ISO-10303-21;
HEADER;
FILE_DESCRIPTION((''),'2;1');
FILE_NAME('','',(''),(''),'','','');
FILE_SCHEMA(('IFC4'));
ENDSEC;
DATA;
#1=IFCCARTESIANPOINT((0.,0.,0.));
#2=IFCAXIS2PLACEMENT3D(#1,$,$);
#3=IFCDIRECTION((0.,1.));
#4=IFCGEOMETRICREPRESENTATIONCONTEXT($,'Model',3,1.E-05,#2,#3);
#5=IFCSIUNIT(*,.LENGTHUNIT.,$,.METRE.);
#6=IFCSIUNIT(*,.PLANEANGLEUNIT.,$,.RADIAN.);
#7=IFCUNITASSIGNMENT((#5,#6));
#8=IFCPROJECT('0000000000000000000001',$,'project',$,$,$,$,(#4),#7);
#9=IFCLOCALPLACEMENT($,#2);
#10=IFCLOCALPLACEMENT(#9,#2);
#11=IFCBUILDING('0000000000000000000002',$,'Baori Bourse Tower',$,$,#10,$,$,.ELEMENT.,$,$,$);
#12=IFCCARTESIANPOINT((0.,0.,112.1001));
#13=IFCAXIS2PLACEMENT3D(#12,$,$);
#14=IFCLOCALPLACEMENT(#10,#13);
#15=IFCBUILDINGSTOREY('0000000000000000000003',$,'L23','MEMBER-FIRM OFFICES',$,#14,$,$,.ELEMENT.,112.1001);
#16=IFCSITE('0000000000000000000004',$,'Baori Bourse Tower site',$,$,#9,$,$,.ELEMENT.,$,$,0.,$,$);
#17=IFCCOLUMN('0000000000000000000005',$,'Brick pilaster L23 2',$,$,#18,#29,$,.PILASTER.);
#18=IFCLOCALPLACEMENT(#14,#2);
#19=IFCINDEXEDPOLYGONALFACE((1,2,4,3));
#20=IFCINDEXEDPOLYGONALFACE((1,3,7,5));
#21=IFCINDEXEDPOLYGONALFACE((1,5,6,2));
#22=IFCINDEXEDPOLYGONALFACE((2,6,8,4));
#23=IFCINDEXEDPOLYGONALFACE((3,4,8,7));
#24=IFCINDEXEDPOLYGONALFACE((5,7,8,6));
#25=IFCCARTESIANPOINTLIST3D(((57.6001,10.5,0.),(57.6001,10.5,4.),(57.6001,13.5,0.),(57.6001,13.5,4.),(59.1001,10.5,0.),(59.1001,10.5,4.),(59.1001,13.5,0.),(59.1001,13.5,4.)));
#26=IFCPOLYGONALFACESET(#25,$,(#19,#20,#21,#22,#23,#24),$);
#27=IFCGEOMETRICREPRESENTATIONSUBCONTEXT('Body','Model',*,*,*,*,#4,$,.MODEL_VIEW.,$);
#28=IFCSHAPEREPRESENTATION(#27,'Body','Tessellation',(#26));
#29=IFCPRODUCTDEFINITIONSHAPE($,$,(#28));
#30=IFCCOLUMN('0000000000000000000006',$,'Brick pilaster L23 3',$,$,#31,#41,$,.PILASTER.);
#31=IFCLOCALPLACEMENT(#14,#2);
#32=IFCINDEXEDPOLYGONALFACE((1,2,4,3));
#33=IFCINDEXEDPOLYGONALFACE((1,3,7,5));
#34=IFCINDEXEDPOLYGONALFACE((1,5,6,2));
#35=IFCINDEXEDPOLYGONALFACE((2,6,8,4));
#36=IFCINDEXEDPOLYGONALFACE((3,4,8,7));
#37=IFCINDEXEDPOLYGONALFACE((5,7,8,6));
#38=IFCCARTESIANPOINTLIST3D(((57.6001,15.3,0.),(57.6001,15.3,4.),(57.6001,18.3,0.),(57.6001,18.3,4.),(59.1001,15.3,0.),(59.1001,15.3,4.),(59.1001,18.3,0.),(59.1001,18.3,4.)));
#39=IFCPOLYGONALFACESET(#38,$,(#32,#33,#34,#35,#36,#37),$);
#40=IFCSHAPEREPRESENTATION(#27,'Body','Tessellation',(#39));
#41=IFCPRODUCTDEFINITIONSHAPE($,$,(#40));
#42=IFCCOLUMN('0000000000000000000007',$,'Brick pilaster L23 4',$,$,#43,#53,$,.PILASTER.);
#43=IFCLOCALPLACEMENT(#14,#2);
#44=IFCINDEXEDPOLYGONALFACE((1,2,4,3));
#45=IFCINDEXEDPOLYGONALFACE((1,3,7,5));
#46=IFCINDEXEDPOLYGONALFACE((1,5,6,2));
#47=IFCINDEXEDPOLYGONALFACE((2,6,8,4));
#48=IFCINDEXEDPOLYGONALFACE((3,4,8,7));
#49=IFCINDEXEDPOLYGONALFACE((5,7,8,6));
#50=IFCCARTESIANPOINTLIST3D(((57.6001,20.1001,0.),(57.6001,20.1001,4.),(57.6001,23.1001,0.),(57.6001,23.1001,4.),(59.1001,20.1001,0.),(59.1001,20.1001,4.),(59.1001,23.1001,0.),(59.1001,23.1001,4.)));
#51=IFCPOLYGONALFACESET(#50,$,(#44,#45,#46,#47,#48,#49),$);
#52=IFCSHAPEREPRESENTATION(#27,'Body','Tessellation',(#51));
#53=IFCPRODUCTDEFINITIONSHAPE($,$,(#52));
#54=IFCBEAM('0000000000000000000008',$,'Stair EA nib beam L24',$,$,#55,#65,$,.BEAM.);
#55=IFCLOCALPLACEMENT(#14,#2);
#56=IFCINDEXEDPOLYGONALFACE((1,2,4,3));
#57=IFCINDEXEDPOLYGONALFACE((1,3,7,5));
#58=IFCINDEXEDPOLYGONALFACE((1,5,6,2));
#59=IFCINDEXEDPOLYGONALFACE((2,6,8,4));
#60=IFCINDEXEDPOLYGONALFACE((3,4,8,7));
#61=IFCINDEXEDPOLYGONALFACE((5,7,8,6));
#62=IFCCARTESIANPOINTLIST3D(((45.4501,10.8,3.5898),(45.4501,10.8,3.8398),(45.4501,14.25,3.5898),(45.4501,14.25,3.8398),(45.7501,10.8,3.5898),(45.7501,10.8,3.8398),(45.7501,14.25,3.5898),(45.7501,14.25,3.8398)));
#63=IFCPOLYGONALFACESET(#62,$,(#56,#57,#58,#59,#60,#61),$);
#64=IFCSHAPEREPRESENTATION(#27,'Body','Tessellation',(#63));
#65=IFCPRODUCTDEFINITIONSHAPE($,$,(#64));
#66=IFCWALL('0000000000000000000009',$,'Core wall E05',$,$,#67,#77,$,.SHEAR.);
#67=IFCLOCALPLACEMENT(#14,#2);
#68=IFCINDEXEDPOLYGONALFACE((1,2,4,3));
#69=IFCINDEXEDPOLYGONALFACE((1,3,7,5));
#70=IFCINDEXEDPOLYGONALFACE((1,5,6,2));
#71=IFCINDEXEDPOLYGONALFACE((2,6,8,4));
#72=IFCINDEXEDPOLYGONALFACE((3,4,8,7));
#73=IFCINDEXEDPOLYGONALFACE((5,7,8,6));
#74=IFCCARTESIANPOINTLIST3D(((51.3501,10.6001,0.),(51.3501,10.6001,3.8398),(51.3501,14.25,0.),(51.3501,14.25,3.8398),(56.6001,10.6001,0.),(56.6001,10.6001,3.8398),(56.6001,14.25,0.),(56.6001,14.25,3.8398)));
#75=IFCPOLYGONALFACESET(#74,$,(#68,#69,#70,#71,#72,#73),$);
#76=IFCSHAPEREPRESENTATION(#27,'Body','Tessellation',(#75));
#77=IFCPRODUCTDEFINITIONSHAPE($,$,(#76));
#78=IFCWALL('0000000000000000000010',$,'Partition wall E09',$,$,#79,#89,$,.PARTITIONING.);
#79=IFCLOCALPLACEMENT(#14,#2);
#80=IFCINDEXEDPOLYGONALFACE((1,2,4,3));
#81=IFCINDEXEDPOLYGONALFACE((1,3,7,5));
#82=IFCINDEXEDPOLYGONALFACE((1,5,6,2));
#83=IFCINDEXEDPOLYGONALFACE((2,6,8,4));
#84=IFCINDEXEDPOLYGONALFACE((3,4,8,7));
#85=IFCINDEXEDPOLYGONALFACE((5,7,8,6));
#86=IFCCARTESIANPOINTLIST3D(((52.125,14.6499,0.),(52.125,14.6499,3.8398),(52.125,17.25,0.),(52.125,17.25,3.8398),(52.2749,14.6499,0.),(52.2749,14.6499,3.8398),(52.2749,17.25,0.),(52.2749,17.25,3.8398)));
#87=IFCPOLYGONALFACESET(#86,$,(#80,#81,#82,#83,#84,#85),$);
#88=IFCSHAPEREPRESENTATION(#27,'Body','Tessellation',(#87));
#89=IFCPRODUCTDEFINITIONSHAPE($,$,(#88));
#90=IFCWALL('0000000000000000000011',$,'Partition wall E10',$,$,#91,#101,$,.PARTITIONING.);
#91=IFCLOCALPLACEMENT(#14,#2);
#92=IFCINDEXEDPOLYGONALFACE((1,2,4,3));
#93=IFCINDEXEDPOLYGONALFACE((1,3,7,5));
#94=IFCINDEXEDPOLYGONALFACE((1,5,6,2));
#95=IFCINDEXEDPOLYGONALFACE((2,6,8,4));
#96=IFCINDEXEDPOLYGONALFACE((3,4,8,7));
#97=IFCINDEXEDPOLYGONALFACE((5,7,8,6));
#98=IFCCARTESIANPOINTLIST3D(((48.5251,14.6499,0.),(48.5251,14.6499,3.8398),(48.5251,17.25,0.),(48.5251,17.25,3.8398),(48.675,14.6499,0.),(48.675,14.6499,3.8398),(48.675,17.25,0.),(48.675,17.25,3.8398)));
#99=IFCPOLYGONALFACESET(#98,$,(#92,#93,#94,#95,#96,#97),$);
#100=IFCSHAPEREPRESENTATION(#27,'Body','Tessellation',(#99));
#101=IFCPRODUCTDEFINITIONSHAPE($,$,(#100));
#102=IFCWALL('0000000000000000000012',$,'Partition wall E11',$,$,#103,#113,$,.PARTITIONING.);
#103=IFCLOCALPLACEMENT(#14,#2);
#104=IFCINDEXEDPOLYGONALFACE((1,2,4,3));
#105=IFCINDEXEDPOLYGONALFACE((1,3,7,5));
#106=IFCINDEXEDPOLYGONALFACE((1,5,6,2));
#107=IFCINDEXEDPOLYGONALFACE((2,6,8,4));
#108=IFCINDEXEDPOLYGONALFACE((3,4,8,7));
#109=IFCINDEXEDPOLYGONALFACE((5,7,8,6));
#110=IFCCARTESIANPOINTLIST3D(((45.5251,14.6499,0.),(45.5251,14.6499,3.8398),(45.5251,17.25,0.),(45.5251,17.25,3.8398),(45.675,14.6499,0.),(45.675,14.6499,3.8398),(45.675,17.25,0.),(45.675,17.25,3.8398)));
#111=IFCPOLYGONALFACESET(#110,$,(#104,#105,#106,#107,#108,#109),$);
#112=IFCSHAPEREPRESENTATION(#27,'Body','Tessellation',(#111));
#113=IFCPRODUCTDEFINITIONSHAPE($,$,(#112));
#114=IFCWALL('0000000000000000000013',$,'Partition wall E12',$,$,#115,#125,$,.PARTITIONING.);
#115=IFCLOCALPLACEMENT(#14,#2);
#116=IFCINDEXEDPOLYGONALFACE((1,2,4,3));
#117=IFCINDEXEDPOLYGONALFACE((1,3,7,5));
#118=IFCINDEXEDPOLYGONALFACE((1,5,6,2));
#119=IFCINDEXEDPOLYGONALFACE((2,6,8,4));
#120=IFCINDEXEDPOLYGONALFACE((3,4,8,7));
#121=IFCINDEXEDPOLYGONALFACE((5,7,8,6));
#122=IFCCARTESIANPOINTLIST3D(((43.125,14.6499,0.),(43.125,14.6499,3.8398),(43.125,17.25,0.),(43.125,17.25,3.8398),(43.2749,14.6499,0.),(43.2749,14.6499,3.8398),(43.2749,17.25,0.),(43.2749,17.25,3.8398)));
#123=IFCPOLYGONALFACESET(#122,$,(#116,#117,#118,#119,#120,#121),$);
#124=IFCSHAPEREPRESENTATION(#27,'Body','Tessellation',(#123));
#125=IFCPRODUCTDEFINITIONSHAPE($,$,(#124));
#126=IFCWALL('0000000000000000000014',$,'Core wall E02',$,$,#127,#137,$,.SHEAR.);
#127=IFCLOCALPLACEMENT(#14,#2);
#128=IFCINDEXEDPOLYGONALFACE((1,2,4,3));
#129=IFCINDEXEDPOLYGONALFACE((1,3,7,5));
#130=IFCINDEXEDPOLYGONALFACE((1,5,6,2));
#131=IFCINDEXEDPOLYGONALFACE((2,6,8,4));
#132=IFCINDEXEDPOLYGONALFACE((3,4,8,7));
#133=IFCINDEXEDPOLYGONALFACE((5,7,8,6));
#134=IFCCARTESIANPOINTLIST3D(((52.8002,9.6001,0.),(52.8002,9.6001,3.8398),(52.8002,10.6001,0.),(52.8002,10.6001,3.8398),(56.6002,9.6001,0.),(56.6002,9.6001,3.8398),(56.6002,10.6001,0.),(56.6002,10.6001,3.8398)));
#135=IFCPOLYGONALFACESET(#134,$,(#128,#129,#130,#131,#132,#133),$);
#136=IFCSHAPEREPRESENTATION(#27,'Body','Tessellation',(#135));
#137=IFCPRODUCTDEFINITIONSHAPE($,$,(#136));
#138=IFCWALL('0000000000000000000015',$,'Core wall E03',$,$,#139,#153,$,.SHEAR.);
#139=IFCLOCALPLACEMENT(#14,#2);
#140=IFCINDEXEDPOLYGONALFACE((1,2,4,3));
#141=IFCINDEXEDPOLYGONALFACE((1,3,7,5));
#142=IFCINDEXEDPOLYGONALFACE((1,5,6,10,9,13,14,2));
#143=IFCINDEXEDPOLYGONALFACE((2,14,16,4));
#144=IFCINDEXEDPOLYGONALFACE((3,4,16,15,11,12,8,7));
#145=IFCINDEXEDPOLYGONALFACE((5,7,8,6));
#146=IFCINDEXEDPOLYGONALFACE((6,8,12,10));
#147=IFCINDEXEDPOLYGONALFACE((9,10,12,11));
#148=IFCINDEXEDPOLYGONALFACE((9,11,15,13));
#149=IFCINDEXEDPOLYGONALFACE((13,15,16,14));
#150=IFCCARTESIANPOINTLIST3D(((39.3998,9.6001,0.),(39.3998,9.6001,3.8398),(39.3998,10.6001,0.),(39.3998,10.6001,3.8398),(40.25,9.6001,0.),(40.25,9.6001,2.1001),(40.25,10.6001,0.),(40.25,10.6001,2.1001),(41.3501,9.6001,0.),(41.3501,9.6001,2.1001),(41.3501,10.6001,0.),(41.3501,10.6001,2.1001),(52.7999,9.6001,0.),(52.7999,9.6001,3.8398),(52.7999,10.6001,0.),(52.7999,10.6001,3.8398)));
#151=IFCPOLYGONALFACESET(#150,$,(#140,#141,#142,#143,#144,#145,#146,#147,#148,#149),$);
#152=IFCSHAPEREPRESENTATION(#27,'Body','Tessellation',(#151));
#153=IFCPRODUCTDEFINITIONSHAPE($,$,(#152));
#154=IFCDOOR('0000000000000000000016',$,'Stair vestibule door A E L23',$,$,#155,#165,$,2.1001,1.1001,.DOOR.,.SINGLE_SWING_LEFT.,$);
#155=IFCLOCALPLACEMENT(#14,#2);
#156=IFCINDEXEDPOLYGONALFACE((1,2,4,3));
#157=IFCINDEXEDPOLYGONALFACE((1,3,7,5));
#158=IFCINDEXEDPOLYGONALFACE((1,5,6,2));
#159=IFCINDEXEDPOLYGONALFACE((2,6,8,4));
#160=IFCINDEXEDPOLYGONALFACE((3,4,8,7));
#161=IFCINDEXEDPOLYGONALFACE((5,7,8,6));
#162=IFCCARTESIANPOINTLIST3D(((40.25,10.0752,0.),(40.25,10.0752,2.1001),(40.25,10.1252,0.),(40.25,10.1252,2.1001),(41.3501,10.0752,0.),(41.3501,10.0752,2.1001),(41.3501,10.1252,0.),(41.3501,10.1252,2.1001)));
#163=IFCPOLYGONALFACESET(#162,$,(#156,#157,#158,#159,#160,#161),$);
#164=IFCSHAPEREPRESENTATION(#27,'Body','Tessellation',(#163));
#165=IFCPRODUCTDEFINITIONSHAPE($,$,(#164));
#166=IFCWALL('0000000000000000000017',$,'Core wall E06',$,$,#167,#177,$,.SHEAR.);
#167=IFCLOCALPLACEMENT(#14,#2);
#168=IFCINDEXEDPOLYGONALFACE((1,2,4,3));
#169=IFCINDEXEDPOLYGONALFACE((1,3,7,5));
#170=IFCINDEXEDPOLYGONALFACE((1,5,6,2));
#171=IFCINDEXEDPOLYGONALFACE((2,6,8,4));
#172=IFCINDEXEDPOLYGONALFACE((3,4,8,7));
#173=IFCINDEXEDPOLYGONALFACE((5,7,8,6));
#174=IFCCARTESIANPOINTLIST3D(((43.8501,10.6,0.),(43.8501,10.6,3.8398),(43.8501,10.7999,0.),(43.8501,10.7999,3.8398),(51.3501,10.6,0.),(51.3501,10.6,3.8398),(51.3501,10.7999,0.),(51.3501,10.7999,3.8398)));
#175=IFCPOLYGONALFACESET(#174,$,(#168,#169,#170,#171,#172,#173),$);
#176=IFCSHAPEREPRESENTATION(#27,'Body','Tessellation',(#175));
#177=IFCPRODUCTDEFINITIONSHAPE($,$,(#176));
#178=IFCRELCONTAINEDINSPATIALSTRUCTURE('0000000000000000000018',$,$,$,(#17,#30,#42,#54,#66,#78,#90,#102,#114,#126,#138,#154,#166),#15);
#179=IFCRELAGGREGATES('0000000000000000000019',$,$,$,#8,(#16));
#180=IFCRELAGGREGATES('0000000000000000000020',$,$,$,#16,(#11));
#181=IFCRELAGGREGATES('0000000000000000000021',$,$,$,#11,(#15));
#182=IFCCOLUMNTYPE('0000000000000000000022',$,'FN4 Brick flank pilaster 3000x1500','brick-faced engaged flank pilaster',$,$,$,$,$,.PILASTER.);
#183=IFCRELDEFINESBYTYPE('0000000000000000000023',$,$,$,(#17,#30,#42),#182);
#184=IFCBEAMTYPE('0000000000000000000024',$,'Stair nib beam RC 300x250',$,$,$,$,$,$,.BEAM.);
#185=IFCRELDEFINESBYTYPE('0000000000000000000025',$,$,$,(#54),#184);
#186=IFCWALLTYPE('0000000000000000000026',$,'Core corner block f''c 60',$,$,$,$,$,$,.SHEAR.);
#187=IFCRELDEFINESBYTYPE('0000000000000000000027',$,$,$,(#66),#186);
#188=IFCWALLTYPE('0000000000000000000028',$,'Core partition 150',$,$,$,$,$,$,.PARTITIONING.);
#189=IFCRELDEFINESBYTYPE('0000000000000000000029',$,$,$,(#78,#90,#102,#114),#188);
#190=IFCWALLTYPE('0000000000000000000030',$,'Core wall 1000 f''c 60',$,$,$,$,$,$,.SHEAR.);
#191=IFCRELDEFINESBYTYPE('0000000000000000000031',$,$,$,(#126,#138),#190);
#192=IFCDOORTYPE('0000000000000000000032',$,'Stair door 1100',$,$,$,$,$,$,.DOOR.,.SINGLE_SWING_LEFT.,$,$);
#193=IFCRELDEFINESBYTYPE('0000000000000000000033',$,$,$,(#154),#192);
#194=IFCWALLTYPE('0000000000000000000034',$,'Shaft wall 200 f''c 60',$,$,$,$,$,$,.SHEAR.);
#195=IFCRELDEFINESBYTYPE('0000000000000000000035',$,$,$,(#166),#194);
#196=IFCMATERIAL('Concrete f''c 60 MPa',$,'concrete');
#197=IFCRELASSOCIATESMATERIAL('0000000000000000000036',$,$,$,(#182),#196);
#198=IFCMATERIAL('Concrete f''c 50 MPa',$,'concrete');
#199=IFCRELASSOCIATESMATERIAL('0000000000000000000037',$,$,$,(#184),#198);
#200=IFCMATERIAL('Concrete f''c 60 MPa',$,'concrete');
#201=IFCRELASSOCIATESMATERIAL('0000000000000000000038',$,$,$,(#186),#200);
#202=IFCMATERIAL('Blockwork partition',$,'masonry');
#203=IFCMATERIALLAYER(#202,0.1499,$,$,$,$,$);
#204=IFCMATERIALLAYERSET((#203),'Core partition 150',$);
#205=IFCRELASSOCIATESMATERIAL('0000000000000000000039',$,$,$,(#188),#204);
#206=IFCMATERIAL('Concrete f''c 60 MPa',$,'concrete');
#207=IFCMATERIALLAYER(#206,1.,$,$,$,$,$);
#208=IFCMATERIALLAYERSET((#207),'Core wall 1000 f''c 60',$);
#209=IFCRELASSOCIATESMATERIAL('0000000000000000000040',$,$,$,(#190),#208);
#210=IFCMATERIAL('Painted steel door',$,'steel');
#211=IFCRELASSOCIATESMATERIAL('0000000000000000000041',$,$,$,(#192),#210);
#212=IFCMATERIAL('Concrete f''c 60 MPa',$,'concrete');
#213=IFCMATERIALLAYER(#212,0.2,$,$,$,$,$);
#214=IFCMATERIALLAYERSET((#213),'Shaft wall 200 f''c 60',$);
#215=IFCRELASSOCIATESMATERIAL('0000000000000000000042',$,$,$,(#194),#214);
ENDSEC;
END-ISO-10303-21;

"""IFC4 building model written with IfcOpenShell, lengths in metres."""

from ifc_helpers import new_model, si_unit, direction, frame, frame_2d, origin, origin_2d, place, context, subcontext, project, spatial, rectangle, extrude, material, layer, layer_set, material_profile, profile_set, type_object, element, fill, save


model = new_model("IFC4")

# Units and contexts
model_context = context("Model", 3, precision=1e-05, world=origin(), true_north=direction((0.0, 1.0)))
body_context = subcontext(model_context, "Body", "Model", "MODEL_VIEW")
ifc_project = project(units=[si_unit("LENGTHUNIT", "METRE"), si_unit("PLANEANGLEUNIT", "RADIAN")], contexts=[model_context])

# Site, building, storey
site_placement = place(None, origin())
site = spatial("IfcSite", under=ifc_project, at=site_placement, Name="Baori Bourse Tower site", CompositionType="ELEMENT", RefElevation=0.0)
building_placement = place(site_placement, origin())
building = spatial("IfcBuilding", under=site, at=building_placement, Name="Baori Bourse Tower", CompositionType="ELEMENT")
storey_placement = place(building_placement, frame((0.0, 0.0, 112.1001)))
storey = spatial("IfcBuildingStorey", under=building, at=storey_placement, Name="L23", Description="MEMBER-FIRM OFFICES", CompositionType="ELEMENT", Elevation=112.1001)

# Columns
ifc_material_1 = material(Name="Concrete f'c 60 MPa", Category="concrete")
ifc_material_profile_1 = material_profile(ifc_material_1, rectangle(XDim=3.0, YDim=1.5, at=origin_2d()), Name="RC 3000x1500")
ifc_profile_set_1 = profile_set([ifc_material_profile_1], Name="Concrete f'c 60 MPa")
column_type = type_object("IfcColumnType", Name="FN4 Brick flank pilaster 3000x1500", Description="brick-faced engaged flank pilaster", PredefinedType="PILASTER", material=ifc_profile_set_1)
for number, where, z_axis, x_axis, name in (
    (1, (58.3501, 12.0, 0.0), (0.0, 0.0, 1.0), (0.0, 1.0, 0.0), "Brick pilaster L23 2"),
    (2, (58.3501, 16.8, 0.0), (0.0, 0.0, 1.0), (0.0, 1.0, 0.0), "Brick pilaster L23 3"),
    (3, (58.3501, 21.6001, 0.0), (0.0, 0.0, 1.0), (0.0, 1.0, 0.0), "Brick pilaster L23 4"),
):
    element("IfcColumn", number, at=place(storey_placement, frame(where, z_axis=z_axis, x_axis=x_axis)), inside=storey, type_object=column_type, Name=name, PredefinedType="PILASTER", context=body_context, shape_type="SweptSolid", body=[
        extrude(rectangle(XDim=3.0, YDim=1.5, at=origin_2d()), origin(), (0.0, 0.0, 1.0), 4.0),
    ])

# Beam
ifc_material_2 = material(Name="Concrete f'c 50 MPa", Category="concrete")
ifc_material_profile_2 = material_profile(ifc_material_2, rectangle(XDim=0.3, YDim=0.25, at=origin_2d()), Name="RC 300x250")
ifc_profile_set_2 = profile_set([ifc_material_profile_2], Name="Concrete f'c 50 MPa")
beam_type = type_object("IfcBeamType", Name="Stair nib beam RC 300x250", PredefinedType="BEAM", material=ifc_profile_set_2)
beam_placement = place(storey_placement, frame((45.6001, 10.8, 3.7148), z_axis=(0.0, 1.0, 0.0), x_axis=(-1.0, 0.0, 0.0)))
element("IfcBeam", 4, at=beam_placement, inside=storey, type_object=beam_type, Name="Stair EA nib beam L24", PredefinedType="BEAM", context=body_context, shape_type="SweptSolid", body=[
    extrude(rectangle(XDim=0.3, YDim=0.25, at=origin_2d()), origin(), (0.0, 0.0, 1.0), 3.45),
])

# Walls
ifc_material_3 = material(Name="Concrete f'c 60 MPa", Category="concrete")
wall_type_1 = type_object("IfcWallType", Name="Core corner block f'c 60", PredefinedType="SHEAR", material=ifc_material_3)
wall_1_placement = place(storey_placement, frame((51.3501, 12.425, 0.0), z_axis=(0.0, 0.0, 1.0), x_axis=(1.0, 0.0, 0.0)))
element("IfcWall", 5, at=wall_1_placement, inside=storey, type_object=wall_type_1, Name="Core wall E05", PredefinedType="SHEAR", context=body_context, shape_type="SweptSolid", body=[
    extrude(rectangle(XDim=5.25, YDim=3.6499, at=frame_2d((2.625, 0.0))), origin(), (0.0, 0.0, 1.0), 3.8398),
])
ifc_material_4 = material(Name="Blockwork partition", Category="masonry")
ifc_layer_1 = layer(ifc_material_4, 0.1499)
ifc_layer_set_1 = layer_set([ifc_layer_1], Name="Core partition 150")
wall_type_2 = type_object("IfcWallType", Name="Core partition 150", PredefinedType="PARTITIONING", material=ifc_layer_set_1)
for number, where, z_axis, x_axis, name in (
    (6, (52.2, 14.6499, 0.0), (0.0, 0.0, 1.0), (0.0, 1.0, 0.0), "Partition wall E09"),
    (7, (48.6001, 14.6499, 0.0), (0.0, 0.0, 1.0), (0.0, 1.0, 0.0), "Partition wall E10"),
    (8, (45.6001, 14.6499, 0.0), (0.0, 0.0, 1.0), (0.0, 1.0, 0.0), "Partition wall E11"),
    (9, (43.2, 14.6499, 0.0), (0.0, 0.0, 1.0), (0.0, 1.0, 0.0), "Partition wall E12"),
):
    element("IfcWall", number, at=place(storey_placement, frame(where, z_axis=z_axis, x_axis=x_axis)), inside=storey, type_object=wall_type_2, Name=name, PredefinedType="PARTITIONING", context=body_context, shape_type="SweptSolid", body=[
        extrude(rectangle(XDim=2.6001, YDim=0.1499, at=frame_2d((1.3, 0.0))), origin(), (0.0, 0.0, 1.0), 3.8398),
    ])
ifc_material_5 = material(Name="Concrete f'c 60 MPa", Category="concrete")
ifc_layer_2 = layer(ifc_material_5, 1.0)
ifc_layer_set_2 = layer_set([ifc_layer_2], Name="Core wall 1000 f'c 60")
wall_type_3 = type_object("IfcWallType", Name="Core wall 1000 f'c 60", PredefinedType="SHEAR", material=ifc_layer_set_2)
wall_2_placement = place(storey_placement, frame((56.6001, 10.1001, 0.0), z_axis=(0.0, 0.0, 1.0), x_axis=(-1.0, 0.0, 0.0)))
element("IfcWall", 10, at=wall_2_placement, inside=storey, type_object=wall_type_3, Name="Core wall E02", PredefinedType="SHEAR", context=body_context, shape_type="SweptSolid", body=[
    extrude(rectangle(XDim=3.8, YDim=1.0, at=frame_2d((1.8999, 0.0))), origin(), (0.0, 0.0, 1.0), 3.8398),
])

# Wall, opening, door
wall_3_placement = place(storey_placement, frame((52.8, 10.1001, 0.0), z_axis=(0.0, 0.0, 1.0), x_axis=(-1.0, 0.0, 0.0)))
wall_3 = element("IfcWall", 11, at=wall_3_placement, inside=storey, type_object=wall_type_3, Name="Core wall E03", PredefinedType="SHEAR", context=body_context, shape_type="SweptSolid", body=[
    extrude(rectangle(XDim=13.4001, YDim=1.0, at=frame_2d((6.7002, 0.0))), origin(), (0.0, 0.0, 1.0), 3.8398),
])
opening_1_placement = place(wall_3_placement, frame((11.45, 0.0, 0.0)))
opening_1 = element("IfcOpeningElement", 12, at=opening_1_placement, cuts=wall_3, PredefinedType="OPENING", context=body_context, shape_type="SweptSolid", body=[
    extrude(rectangle(XDim=1.1001, YDim=2.1001, at=frame_2d((0.55, 1.05))), frame((0.0, 0.51, 0.0), z_axis=(0.0, -1.0, 0.0), x_axis=(1.0, 0.0, 0.0)), (0.0, 0.0, 1.0), 1.02),
])
ifc_material_6 = material(Name="Painted steel door", Category="steel")
door_type_1 = type_object("IfcDoorType", Name="Stair door 1100", OperationType="SINGLE_SWING_LEFT", PredefinedType="DOOR", material=ifc_material_6)
door_1_placement = place(opening_1_placement, origin())
door_1 = element("IfcDoor", 13, at=door_1_placement, inside=storey, type_object=door_type_1, Name="Stair vestibule door A E L23", OperationType="SINGLE_SWING_LEFT", OverallHeight=2.1001, OverallWidth=1.1001, PredefinedType="DOOR", context=body_context, shape_type="SweptSolid", body=[
    extrude(rectangle(XDim=1.1001, YDim=2.1001, at=frame_2d((0.55, 1.05))), frame((0.0, 0.0249, 0.0), z_axis=(0.0, -1.0, 0.0), x_axis=(1.0, 0.0, 0.0)), (0.0, 0.0, 1.0), 0.05),
])
fill(opening_1, door_1)

# Wall
ifc_material_7 = material(Name="Concrete f'c 60 MPa", Category="concrete")
ifc_layer_3 = layer(ifc_material_7, 0.2)
ifc_layer_set_3 = layer_set([ifc_layer_3], Name="Shaft wall 200 f'c 60")
wall_type_4 = type_object("IfcWallType", Name="Shaft wall 200 f'c 60", PredefinedType="SHEAR", material=ifc_layer_set_3)
wall_4_placement = place(storey_placement, frame((43.8501, 10.7, 0.0), z_axis=(0.0, 0.0, 1.0), x_axis=(1.0, 0.0, 0.0)))
element("IfcWall", 14, at=wall_4_placement, inside=storey, type_object=wall_type_4, Name="Core wall E06", PredefinedType="SHEAR", context=body_context, shape_type="SweptSolid", body=[
    extrude(rectangle(XDim=7.5, YDim=0.2, at=frame_2d((3.75, 0.0))), origin(), (0.0, 0.0, 1.0), 3.8398),
])

save(model, "model.ifc")
